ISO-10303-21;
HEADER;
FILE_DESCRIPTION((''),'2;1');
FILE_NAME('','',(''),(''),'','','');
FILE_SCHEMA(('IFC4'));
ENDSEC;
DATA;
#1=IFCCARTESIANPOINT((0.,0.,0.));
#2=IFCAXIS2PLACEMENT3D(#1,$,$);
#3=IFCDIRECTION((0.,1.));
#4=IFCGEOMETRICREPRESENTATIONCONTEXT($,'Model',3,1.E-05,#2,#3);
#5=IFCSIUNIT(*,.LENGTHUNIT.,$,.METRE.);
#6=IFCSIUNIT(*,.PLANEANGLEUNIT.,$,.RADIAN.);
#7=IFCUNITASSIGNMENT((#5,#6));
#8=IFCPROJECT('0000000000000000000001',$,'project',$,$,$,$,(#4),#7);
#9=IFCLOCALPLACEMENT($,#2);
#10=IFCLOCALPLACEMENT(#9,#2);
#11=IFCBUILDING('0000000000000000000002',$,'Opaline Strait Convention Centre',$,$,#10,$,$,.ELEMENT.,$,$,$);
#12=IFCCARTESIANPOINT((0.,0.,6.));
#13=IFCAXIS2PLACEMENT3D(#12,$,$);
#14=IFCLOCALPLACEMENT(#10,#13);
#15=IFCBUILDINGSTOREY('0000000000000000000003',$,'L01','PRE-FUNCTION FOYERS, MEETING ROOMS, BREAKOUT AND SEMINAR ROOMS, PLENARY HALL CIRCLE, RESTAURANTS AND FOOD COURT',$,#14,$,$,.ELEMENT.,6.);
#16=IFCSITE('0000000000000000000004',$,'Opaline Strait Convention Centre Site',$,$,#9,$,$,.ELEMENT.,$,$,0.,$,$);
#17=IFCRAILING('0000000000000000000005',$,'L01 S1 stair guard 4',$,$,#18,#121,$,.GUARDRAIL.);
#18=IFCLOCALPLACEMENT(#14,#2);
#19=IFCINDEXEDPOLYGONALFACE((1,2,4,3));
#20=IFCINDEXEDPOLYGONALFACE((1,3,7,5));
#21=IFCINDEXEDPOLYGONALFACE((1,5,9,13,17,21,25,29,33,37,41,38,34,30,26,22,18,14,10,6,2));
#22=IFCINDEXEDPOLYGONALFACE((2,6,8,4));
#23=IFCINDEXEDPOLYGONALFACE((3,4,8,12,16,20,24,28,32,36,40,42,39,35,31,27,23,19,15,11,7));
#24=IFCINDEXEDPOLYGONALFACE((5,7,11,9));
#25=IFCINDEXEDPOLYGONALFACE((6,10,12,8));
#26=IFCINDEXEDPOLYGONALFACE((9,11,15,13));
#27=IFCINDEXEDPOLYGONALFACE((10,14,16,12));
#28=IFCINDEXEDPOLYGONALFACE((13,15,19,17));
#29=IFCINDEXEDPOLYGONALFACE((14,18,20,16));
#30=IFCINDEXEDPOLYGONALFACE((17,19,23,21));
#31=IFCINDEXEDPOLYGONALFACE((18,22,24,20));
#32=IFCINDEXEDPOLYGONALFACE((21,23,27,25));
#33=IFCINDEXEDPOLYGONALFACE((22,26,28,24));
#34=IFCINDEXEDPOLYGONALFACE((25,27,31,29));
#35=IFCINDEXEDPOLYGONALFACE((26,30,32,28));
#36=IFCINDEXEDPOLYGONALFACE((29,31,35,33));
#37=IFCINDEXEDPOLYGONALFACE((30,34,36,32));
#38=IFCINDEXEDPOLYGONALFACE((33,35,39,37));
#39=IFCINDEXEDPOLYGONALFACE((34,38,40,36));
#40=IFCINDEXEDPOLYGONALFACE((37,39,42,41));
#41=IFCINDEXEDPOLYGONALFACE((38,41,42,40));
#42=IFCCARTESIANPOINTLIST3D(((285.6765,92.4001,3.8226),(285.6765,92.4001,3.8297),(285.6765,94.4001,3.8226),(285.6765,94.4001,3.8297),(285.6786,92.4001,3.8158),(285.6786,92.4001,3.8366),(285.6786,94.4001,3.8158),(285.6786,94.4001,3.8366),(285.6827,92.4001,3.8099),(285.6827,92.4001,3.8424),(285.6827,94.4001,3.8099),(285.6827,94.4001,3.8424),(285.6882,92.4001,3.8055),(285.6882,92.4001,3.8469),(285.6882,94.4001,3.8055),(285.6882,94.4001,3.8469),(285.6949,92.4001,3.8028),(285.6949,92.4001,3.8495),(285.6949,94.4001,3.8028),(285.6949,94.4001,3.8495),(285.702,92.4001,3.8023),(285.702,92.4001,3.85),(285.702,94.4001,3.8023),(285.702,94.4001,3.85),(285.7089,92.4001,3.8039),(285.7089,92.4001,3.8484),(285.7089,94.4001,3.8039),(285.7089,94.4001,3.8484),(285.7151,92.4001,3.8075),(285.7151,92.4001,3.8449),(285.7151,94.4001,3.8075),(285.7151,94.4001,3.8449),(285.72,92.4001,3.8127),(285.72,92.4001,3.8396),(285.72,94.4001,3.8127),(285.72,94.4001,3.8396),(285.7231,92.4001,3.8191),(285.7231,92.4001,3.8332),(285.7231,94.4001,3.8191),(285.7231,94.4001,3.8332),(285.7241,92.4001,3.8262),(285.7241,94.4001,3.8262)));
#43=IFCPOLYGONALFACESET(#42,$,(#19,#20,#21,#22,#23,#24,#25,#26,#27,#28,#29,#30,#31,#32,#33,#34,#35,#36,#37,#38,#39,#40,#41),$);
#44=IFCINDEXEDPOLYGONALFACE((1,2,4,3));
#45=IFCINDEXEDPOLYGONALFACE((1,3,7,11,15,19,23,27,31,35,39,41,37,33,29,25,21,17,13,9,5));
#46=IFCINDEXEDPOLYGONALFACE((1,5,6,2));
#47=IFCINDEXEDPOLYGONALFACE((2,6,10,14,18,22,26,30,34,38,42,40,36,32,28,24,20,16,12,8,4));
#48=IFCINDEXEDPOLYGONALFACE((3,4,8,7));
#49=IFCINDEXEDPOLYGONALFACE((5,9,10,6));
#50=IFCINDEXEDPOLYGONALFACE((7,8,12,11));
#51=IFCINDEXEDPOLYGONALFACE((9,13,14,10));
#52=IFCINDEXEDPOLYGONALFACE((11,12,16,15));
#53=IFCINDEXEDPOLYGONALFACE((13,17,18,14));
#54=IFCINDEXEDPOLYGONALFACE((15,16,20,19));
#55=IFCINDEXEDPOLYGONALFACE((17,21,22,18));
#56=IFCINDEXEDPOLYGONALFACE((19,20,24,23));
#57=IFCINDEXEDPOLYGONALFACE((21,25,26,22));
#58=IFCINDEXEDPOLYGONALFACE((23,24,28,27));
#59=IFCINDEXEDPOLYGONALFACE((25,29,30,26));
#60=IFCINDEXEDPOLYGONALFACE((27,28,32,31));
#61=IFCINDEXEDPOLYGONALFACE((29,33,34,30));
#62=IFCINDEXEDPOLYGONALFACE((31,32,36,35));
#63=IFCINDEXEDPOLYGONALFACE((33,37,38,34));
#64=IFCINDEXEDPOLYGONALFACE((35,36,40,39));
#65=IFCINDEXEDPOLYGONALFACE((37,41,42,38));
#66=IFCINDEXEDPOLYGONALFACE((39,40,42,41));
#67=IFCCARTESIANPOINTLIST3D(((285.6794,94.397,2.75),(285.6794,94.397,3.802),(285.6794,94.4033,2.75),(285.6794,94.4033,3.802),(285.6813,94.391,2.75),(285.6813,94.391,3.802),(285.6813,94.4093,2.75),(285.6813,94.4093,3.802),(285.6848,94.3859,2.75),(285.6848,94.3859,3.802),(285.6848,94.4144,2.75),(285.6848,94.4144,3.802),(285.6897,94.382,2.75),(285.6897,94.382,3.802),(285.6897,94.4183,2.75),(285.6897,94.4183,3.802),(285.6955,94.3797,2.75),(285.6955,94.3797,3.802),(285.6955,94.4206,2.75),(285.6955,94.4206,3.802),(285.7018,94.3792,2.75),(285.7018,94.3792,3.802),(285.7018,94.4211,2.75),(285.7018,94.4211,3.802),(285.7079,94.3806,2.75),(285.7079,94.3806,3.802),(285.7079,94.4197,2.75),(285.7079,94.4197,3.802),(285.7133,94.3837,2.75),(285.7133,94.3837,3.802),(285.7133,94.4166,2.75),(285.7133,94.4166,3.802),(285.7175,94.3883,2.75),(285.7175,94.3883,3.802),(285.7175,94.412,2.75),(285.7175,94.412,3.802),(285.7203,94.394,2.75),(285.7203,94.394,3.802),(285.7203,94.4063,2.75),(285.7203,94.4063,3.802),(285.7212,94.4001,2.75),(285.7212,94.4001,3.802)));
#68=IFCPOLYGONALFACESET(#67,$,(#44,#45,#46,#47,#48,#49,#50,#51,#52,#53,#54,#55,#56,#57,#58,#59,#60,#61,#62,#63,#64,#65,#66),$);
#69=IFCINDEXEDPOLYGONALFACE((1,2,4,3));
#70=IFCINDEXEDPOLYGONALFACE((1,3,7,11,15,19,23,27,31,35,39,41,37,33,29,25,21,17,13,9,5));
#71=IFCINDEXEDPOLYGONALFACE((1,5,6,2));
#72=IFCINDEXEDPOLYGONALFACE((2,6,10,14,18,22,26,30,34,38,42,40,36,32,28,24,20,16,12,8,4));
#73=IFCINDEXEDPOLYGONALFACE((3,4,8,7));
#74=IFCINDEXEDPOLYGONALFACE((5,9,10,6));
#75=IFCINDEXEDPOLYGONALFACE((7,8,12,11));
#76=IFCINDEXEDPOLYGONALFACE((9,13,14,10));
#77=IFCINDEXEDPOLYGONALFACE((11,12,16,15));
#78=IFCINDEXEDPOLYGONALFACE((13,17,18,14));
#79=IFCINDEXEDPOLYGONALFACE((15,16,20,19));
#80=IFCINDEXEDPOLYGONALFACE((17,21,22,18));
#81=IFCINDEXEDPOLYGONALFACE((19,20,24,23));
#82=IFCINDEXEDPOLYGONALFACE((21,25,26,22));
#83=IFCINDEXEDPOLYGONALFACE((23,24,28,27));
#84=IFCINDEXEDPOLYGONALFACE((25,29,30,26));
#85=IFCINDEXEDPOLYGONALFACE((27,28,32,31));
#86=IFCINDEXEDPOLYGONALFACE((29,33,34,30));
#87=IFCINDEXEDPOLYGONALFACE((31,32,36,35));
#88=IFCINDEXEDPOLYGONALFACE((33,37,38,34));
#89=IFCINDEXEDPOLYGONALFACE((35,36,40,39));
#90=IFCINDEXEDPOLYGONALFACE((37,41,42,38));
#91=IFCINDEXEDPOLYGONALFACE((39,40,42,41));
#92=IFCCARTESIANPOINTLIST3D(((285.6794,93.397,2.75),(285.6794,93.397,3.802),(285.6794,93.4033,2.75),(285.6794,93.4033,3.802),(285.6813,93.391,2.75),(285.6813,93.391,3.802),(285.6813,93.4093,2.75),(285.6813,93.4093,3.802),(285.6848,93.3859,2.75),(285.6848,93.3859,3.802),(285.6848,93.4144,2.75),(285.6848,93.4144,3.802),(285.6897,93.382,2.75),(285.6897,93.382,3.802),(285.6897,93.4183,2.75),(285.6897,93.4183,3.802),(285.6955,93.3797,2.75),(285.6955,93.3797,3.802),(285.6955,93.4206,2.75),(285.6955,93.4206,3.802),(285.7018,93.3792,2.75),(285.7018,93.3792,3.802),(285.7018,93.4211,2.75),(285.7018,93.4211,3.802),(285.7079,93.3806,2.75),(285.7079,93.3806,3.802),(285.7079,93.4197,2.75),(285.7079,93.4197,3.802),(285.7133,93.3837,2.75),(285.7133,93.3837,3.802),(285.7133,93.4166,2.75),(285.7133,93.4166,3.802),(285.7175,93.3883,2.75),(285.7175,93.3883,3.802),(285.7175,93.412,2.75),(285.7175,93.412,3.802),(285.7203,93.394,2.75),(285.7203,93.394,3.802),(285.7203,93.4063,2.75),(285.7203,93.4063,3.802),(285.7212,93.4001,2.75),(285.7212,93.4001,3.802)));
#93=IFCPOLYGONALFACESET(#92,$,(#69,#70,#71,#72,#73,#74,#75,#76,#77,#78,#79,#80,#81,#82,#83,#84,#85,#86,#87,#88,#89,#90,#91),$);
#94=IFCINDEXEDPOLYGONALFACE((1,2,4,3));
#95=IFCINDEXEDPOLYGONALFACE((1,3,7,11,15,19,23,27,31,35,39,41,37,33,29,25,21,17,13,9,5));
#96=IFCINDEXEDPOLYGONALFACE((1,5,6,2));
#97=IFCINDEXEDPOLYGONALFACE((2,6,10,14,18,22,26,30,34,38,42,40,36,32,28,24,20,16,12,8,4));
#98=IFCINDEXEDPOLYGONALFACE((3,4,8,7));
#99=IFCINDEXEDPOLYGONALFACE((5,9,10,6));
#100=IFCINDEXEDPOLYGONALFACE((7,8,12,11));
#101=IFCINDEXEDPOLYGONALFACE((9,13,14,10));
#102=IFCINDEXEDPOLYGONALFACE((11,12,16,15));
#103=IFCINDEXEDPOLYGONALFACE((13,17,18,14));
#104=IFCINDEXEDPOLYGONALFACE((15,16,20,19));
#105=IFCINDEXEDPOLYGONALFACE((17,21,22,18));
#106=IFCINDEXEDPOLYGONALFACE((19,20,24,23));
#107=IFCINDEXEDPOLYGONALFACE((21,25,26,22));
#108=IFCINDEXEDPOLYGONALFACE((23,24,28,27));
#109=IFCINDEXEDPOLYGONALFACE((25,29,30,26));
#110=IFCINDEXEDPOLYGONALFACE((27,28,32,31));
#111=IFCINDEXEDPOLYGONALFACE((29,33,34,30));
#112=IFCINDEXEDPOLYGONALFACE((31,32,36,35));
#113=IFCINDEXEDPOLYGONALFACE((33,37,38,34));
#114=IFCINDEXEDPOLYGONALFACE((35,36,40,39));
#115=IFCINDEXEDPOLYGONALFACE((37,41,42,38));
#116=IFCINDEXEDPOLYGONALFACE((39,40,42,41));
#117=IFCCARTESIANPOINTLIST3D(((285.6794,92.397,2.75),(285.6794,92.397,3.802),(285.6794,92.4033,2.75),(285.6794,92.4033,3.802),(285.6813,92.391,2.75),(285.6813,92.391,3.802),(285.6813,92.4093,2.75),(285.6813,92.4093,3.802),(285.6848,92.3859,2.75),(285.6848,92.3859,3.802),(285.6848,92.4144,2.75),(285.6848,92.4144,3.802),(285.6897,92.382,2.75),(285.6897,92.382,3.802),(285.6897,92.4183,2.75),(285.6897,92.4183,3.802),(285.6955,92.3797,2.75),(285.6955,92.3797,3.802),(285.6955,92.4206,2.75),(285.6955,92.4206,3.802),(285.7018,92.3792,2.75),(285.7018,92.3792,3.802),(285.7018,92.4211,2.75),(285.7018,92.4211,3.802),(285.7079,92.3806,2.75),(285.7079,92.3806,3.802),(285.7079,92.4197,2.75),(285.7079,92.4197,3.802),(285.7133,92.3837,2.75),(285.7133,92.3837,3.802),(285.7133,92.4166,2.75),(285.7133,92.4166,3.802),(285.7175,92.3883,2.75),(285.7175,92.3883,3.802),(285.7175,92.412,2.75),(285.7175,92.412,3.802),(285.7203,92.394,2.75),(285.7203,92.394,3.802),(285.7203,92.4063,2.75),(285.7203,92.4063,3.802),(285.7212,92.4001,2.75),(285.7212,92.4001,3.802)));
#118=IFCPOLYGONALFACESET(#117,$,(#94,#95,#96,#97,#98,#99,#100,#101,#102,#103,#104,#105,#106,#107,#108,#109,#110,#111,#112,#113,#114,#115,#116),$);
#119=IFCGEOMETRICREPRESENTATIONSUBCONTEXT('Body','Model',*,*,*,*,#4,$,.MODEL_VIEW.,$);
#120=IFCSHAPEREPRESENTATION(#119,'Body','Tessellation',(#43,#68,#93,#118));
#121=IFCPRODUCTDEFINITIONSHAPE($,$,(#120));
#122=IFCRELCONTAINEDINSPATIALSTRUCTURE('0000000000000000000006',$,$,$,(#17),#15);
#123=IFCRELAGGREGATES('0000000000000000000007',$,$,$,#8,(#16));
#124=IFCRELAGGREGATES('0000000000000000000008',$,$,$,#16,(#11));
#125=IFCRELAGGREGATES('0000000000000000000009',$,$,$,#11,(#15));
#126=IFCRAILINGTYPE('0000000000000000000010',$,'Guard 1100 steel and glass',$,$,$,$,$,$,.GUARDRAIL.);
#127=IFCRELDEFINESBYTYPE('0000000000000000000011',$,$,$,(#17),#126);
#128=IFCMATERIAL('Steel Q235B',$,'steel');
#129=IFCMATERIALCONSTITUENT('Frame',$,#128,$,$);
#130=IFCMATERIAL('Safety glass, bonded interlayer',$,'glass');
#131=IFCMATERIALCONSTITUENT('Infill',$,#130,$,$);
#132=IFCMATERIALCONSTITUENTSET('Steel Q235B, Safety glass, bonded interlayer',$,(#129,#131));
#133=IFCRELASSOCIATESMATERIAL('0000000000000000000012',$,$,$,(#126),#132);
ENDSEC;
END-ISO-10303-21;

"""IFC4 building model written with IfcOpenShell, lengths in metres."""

from ifc_helpers import new_model, si_unit, direction, frame, origin, origin_2d, place, context, subcontext, project, spatial, circle, extrude, material, constituent, constituent_set, type_object, element, save


model = new_model("IFC4")

# Units and contexts
model_context = context("Model", 3, precision=1e-05, world=origin(), true_north=direction((0.0, 1.0)))
body_context = subcontext(model_context, "Body", "Model", "MODEL_VIEW")
ifc_project = project(units=[si_unit("LENGTHUNIT", "METRE"), si_unit("PLANEANGLEUNIT", "RADIAN")], contexts=[model_context])

# Site, building, storey
site_placement = place(None, origin())
site = spatial("IfcSite", under=ifc_project, at=site_placement, Name="Opaline Strait Convention Centre Site", CompositionType="ELEMENT", RefElevation=0.0)
building_placement = place(site_placement, origin())
building = spatial("IfcBuilding", under=site, at=building_placement, Name="Opaline Strait Convention Centre", CompositionType="ELEMENT")
storey_placement = place(building_placement, frame((0.0, 0.0, 6.0)))
storey = spatial("IfcBuildingStorey", under=building, at=storey_placement, Name="L01", Description="PRE-FUNCTION FOYERS, MEETING ROOMS, BREAKOUT AND SEMINAR ROOMS, PLENARY HALL CIRCLE, RESTAURANTS AND FOOD COURT", CompositionType="ELEMENT", Elevation=6.0)

# Shared definitions
ifc_material_1 = material(Name="Steel Q235B", Category="steel")

# Railing
ifc_constituent_1 = constituent(ifc_material_1, Name="Frame")
ifc_material_2 = material(Name="Safety glass, bonded interlayer", Category="glass")
ifc_constituent_2 = constituent(ifc_material_2, Name="Infill")
ifc_constituent_set = constituent_set(constituents=[ifc_constituent_1, ifc_constituent_2], Name="Steel Q235B, Safety glass, bonded interlayer")
railing_type_1 = type_object("IfcRailingType", Name="Guard 1100 steel and glass", PredefinedType="GUARDRAIL", material=ifc_constituent_set)
railing_1_placement = place(storey_placement, frame((285.7002, 94.4001, 2.75)))
element("IfcRailing", 1, at=railing_1_placement, inside=storey, type_object=railing_type_1, Name="L01 S1 stair guard 4", PredefinedType="GUARDRAIL", context=body_context, shape_type="SweptSolid", body=[
    extrude(circle(Radius=0.0239, at=origin_2d()), frame((0.0, 0.0, 1.0762), z_axis=(0.0, -1.0, 0.0), x_axis=(1.0, 0.0, 0.0)), (0.0, 0.0, 1.0), 2.0),
    extrude(circle(Radius=0.021, at=origin_2d()), origin(), (0.0, 0.0, 1.0), 1.052),
    extrude(circle(Radius=0.021, at=origin_2d()), frame((0.0, -1.0, 0.0)), (0.0, 0.0, 1.0), 1.052),
    extrude(circle(Radius=0.021, at=origin_2d()), frame((0.0, -2.0, 0.0)), (0.0, 0.0, 1.0), 1.052),
])

save(model, "model.ifc")
